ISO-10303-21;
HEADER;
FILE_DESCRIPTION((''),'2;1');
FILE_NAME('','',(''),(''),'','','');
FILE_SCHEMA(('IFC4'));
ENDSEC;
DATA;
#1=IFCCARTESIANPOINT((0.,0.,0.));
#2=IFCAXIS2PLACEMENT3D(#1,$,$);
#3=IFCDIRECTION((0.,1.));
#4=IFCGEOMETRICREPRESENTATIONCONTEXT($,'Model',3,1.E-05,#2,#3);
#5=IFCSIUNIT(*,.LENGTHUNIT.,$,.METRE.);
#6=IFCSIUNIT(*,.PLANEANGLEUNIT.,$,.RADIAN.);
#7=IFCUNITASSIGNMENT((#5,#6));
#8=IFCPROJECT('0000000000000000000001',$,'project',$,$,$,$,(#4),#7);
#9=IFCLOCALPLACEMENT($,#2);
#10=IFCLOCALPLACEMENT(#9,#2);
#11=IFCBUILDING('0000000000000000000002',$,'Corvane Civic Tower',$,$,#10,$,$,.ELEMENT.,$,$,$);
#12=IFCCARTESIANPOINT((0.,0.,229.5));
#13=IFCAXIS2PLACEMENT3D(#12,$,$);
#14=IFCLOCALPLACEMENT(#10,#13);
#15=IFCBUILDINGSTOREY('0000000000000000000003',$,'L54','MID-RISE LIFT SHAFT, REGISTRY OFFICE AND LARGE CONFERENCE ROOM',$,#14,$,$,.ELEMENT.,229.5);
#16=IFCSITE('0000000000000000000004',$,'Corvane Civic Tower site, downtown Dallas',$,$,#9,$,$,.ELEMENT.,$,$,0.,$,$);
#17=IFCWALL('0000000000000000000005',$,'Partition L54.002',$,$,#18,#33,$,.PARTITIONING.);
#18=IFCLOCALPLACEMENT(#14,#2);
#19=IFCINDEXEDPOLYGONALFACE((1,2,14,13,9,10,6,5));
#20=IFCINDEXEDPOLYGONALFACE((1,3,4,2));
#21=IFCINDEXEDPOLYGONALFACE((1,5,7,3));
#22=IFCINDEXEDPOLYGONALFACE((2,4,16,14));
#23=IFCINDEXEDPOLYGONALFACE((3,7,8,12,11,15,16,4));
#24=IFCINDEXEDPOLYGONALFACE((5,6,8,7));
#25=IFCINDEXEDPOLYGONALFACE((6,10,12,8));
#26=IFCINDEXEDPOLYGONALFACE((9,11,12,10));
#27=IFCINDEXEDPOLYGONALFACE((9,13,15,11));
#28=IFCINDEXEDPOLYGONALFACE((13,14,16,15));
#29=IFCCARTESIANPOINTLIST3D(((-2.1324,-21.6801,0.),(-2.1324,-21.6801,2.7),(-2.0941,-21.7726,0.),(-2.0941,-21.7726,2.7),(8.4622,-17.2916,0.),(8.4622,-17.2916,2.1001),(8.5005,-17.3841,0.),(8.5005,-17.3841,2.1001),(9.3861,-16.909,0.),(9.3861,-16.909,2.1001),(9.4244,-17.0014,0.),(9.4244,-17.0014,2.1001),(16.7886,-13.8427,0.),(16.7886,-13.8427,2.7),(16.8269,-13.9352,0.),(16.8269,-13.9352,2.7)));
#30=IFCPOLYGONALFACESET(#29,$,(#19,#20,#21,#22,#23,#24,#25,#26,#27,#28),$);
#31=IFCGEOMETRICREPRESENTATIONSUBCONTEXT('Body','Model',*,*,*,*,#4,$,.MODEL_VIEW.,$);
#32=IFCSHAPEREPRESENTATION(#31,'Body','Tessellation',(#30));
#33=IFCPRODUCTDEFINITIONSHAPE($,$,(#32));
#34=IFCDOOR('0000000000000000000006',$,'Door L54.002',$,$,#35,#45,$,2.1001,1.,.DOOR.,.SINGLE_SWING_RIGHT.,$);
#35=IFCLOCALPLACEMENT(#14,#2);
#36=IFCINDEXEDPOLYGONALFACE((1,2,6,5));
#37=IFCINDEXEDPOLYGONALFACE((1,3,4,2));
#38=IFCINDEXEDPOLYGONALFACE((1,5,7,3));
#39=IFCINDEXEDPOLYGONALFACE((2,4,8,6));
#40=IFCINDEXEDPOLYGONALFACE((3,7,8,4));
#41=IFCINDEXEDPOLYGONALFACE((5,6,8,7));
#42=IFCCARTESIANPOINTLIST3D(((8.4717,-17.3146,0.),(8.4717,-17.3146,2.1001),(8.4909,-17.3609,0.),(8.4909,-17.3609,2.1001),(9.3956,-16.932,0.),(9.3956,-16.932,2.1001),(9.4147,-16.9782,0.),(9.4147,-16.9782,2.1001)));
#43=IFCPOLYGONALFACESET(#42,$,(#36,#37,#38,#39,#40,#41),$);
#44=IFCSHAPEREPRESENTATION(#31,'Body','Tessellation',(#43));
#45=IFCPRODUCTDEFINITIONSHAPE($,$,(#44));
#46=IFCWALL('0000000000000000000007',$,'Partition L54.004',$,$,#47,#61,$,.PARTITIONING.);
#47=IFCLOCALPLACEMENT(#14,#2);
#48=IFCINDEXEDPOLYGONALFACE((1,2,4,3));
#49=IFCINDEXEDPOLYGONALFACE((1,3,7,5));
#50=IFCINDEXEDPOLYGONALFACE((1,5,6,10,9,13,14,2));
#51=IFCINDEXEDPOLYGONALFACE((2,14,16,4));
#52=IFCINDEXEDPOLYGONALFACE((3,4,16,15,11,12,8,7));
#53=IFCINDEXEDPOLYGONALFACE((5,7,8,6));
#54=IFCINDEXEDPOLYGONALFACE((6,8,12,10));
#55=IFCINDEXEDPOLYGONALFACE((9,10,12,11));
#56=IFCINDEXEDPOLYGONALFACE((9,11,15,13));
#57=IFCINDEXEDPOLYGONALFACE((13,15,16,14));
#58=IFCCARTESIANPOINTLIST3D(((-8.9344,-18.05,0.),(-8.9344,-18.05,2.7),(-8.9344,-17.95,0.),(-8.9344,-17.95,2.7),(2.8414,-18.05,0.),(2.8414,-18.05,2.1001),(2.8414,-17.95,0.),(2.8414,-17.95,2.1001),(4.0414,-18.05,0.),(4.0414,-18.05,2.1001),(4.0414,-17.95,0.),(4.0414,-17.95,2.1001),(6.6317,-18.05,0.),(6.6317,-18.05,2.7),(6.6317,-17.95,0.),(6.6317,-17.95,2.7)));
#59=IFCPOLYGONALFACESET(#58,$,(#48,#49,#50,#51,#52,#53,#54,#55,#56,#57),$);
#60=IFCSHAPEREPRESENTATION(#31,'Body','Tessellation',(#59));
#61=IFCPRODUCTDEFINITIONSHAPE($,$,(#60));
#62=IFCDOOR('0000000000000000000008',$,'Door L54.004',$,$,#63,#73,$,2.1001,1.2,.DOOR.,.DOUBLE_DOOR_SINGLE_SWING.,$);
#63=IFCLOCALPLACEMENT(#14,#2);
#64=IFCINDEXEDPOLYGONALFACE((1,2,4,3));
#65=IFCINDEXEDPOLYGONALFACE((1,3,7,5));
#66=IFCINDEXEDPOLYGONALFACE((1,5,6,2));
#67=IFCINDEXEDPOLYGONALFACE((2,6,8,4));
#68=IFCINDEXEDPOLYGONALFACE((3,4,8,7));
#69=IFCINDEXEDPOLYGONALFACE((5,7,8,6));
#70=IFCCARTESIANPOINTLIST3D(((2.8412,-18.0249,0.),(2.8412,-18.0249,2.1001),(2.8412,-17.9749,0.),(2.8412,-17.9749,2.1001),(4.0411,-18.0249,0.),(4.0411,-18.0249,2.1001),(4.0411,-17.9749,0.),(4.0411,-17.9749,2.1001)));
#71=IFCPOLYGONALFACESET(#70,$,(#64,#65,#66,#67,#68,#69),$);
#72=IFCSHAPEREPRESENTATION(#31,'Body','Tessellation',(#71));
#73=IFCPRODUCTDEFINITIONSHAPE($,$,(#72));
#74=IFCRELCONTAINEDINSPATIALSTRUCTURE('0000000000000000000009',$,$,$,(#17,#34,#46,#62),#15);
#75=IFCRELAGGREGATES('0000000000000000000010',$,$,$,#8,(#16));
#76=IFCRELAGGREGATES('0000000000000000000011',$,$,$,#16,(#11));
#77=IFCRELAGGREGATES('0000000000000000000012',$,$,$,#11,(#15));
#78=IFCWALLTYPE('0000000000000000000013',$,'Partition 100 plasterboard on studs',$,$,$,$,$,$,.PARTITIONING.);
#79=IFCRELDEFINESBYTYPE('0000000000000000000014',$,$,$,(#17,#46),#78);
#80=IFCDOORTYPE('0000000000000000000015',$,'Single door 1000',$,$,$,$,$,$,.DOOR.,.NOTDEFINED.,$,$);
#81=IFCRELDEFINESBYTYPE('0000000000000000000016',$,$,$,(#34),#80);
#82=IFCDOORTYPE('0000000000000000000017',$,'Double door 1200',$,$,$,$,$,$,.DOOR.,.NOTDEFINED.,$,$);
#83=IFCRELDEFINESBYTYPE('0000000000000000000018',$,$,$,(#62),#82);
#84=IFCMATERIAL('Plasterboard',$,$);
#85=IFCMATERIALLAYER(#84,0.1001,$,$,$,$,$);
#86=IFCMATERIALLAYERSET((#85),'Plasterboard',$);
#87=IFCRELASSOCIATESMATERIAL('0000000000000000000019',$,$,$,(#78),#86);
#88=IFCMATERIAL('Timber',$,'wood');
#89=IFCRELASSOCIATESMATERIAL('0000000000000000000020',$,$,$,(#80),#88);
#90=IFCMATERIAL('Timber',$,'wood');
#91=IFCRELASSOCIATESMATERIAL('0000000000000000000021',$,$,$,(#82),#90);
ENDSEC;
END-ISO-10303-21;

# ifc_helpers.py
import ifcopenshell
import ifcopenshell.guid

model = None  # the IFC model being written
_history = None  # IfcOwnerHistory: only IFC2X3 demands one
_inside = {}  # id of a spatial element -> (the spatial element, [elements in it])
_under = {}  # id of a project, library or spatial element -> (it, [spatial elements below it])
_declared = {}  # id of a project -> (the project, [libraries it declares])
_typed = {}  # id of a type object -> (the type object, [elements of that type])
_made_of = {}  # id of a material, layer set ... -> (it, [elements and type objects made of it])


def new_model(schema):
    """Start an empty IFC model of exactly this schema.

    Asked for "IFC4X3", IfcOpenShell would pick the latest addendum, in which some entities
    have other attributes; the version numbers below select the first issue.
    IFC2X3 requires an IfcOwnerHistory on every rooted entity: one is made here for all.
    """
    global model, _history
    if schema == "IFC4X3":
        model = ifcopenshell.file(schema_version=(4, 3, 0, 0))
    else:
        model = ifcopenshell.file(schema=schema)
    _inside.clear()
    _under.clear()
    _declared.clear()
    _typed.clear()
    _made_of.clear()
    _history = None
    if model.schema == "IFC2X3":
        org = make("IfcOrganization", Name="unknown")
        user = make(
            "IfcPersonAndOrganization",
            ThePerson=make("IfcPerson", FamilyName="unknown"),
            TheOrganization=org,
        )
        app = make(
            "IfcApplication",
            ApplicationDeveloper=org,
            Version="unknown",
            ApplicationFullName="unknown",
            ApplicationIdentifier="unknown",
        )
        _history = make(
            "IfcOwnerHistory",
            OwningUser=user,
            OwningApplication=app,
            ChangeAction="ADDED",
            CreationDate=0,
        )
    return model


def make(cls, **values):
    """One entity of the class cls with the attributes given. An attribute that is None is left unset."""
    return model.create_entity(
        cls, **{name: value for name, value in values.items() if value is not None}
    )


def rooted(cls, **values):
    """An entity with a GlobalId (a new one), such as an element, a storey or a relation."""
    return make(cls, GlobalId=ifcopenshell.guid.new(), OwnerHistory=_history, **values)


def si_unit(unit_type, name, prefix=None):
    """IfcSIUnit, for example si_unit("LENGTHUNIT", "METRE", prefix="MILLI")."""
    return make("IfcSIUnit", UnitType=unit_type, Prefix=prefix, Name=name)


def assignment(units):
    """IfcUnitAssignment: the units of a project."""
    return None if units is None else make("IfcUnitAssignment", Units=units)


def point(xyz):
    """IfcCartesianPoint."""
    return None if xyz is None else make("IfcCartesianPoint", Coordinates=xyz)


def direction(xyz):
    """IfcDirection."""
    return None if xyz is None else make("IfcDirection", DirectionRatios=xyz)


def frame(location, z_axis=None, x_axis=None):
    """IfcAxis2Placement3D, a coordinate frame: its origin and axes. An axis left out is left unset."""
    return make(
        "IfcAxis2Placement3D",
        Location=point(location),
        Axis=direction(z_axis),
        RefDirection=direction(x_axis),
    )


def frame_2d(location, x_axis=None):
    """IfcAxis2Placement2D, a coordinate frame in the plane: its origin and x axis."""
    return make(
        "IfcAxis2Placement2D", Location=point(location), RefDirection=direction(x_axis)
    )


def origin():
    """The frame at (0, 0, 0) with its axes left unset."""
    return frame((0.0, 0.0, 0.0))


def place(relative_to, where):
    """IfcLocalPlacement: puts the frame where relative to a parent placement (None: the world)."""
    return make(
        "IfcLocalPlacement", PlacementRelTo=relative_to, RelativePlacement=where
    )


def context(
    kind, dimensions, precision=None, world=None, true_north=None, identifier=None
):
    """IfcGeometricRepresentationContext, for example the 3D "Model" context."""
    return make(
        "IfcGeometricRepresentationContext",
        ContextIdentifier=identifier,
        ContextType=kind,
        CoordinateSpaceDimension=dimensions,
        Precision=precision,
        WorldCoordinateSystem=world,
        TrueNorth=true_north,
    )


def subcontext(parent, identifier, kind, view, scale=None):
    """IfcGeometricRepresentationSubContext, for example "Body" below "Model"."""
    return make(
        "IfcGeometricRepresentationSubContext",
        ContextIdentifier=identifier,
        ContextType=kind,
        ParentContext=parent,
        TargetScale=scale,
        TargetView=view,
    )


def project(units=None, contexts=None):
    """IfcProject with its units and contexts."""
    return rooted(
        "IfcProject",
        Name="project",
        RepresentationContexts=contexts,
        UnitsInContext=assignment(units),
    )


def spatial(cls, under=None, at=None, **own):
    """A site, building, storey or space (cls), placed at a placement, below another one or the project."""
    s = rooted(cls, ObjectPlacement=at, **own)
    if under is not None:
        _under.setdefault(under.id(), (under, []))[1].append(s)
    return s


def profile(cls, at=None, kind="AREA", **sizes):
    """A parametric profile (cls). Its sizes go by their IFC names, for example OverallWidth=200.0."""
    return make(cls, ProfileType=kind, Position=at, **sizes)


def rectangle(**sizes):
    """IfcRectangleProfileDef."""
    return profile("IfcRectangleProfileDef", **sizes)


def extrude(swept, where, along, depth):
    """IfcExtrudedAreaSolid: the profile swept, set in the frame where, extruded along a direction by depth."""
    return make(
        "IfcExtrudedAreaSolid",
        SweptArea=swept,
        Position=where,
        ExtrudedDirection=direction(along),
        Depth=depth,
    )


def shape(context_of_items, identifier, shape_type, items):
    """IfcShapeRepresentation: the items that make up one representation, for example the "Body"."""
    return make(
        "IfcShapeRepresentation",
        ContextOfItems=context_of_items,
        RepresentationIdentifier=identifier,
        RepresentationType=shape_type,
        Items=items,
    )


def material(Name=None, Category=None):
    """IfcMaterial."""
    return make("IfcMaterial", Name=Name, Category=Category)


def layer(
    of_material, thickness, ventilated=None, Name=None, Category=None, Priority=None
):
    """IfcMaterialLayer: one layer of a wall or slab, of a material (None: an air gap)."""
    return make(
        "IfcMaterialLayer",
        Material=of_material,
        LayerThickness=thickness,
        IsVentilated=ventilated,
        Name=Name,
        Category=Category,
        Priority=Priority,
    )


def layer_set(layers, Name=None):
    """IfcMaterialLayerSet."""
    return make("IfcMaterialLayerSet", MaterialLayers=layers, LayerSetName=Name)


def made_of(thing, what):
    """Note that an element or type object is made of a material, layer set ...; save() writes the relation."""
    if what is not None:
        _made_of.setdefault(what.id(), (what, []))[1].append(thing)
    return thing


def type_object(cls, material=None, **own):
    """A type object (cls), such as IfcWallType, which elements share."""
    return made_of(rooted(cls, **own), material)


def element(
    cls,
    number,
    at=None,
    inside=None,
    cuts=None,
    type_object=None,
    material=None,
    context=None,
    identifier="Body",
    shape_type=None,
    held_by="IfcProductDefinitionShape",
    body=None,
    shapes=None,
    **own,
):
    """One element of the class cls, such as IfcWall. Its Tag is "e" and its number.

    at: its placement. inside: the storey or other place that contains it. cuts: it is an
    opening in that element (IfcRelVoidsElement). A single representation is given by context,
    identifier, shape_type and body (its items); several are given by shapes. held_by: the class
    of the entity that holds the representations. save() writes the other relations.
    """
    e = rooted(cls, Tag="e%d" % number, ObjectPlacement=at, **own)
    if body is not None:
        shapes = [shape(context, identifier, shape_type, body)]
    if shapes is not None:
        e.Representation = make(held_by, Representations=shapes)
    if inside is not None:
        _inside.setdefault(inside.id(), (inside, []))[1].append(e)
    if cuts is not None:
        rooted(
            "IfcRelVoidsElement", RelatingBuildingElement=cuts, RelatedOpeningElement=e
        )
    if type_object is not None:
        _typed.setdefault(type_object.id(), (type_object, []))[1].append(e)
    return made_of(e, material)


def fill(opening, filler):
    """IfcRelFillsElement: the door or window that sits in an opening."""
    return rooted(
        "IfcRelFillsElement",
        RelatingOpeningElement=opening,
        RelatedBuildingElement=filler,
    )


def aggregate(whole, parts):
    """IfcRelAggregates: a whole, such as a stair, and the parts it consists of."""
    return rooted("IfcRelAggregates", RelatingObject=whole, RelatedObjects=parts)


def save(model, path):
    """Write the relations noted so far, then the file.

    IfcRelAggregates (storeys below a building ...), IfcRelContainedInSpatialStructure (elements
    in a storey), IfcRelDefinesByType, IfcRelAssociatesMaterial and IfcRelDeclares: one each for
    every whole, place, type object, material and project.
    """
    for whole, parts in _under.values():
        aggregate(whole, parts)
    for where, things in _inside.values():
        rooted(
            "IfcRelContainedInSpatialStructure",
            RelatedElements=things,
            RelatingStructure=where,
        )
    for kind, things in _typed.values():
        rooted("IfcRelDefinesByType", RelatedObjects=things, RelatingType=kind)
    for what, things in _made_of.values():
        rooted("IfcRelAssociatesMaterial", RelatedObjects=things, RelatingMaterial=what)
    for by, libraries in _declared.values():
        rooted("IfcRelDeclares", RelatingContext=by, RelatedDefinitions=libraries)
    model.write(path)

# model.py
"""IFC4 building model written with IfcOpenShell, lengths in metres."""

from ifc_helpers import new_model, si_unit, direction, frame, frame_2d, origin, place, context, subcontext, project, spatial, rectangle, extrude, material, layer, layer_set, type_object, element, fill, save


model = new_model("IFC4")

# Units and contexts
model_context = context("Model", 3, precision=1e-05, world=origin(), true_north=direction((0.0, 1.0)))
body_context = subcontext(model_context, "Body", "Model", "MODEL_VIEW")
ifc_project = project(units=[si_unit("LENGTHUNIT", "METRE"), si_unit("PLANEANGLEUNIT", "RADIAN")], contexts=[model_context])

# Site, building, storey
site_placement = place(None, origin())
site = spatial("IfcSite", under=ifc_project, at=site_placement, Name="Corvane Civic Tower site, downtown Dallas", CompositionType="ELEMENT", RefElevation=0.0)
building_placement = place(site_placement, origin())
building = spatial("IfcBuilding", under=site, at=building_placement, Name="Corvane Civic Tower", CompositionType="ELEMENT")
storey_placement = place(building_placement, frame((0.0, 0.0, 229.5)))
storey = spatial("IfcBuildingStorey", under=building, at=storey_placement, Name="L54", Description="MID-RISE LIFT SHAFT, REGISTRY OFFICE AND LARGE CONFERENCE ROOM", CompositionType="ELEMENT", Elevation=229.5)

# Shared definitions
ifc_material_1 = material(Name="Plasterboard")
ifc_layer_1 = layer(ifc_material_1, 0.1001)
ifc_layer_set_1 = layer_set([ifc_layer_1], Name="Plasterboard")
wall_type = type_object("IfcWallType", Name="Partition 100 plasterboard on studs", PredefinedType="PARTITIONING", material=ifc_layer_set_1)

# Walls, openings, doors
wall_1_placement = place(storey_placement, frame((-2.1133, -21.7263, 0.0), z_axis=(0.0, 0.0, 1.0), x_axis=(0.923879, 0.382684, 0.0)))
wall_1 = element("IfcWall", 1, at=wall_1_placement, inside=storey, type_object=wall_type, Name="Partition L54.002", PredefinedType="PARTITIONING", context=body_context, shape_type="SweptSolid", body=[
    extrude(rectangle(XDim=20.48, YDim=0.1001, at=frame_2d((10.24, 0.0))), origin(), (0.0, 0.0, 1.0), 2.7),
])
opening_1_placement = place(wall_1_placement, frame((11.4675, 0.0, 0.0)))
opening_1 = element("IfcOpeningElement", 2, at=opening_1_placement, cuts=wall_1, PredefinedType="OPENING", context=body_context, shape_type="SweptSolid", body=[
    extrude(rectangle(XDim=1.0, YDim=2.1001, at=frame_2d((0.5, 1.05))), frame((0.0, 0.0601, 0.0), z_axis=(0.0, -1.0, 0.0), x_axis=(1.0, 0.0, 0.0)), (0.0, 0.0, 1.0), 0.1201),
])
ifc_material_2 = material(Name="Timber", Category="wood")
door_type_1 = type_object("IfcDoorType", Name="Single door 1000", OperationType="NOTDEFINED", PredefinedType="DOOR", material=ifc_material_2)
door_1_placement = place(opening_1_placement, frame((1.0, 0.0, 0.0), z_axis=(0.0, 0.0, 1.0), x_axis=(-1.0, 0.0, 0.0)))
door_1 = element("IfcDoor", 3, at=door_1_placement, inside=storey, type_object=door_type_1, Name="Door L54.002", OperationType="SINGLE_SWING_RIGHT", OverallHeight=2.1001, OverallWidth=1.0, PredefinedType="DOOR", context=body_context, shape_type="SweptSolid", body=[
    extrude(rectangle(XDim=1.0, YDim=2.1001, at=frame_2d((0.5, 1.05))), frame((0.0, 0.0249, 0.0), z_axis=(0.0, -1.0, 0.0), x_axis=(1.0, 0.0, 0.0)), (0.0, 0.0, 1.0), 0.05),
])
fill(opening_1, door_1)
wall_2_placement = place(storey_placement, frame((-8.9346, -18.0, 0.0), z_axis=(0.0, 0.0, 1.0), x_axis=(1.0, 0.0, 0.0)))
wall_2 = element("IfcWall", 4, at=wall_2_placement, inside=storey, type_object=wall_type, Name="Partition L54.004", PredefinedType="PARTITIONING", context=body_context, shape_type="SweptSolid", body=[
    extrude(rectangle(XDim=15.5662, YDim=0.1001, at=frame_2d((7.7832, 0.0))), origin(), (0.0, 0.0, 1.0), 2.7),
])
opening_2_placement = place(wall_2_placement, frame((11.7759, 0.0, 0.0)))
opening_2 = element("IfcOpeningElement", 5, at=opening_2_placement, cuts=wall_2, PredefinedType="OPENING", context=body_context, shape_type="SweptSolid", body=[
    extrude(rectangle(XDim=1.2, YDim=2.1001, at=frame_2d((0.6001, 1.05))), frame((0.0, 0.0601, 0.0), z_axis=(0.0, -1.0, 0.0), x_axis=(1.0, 0.0, 0.0)), (0.0, 0.0, 1.0), 0.1201),
])
ifc_material_3 = material(Name="Timber", Category="wood")
door_type_2 = type_object("IfcDoorType", Name="Double door 1200", OperationType="NOTDEFINED", PredefinedType="DOOR", material=ifc_material_3)
door_2_placement = place(opening_2_placement, frame((1.2, 0.0, 0.0), z_axis=(0.0, 0.0, 1.0), x_axis=(-1.0, 0.0, 0.0)))
door_2 = element("IfcDoor", 6, at=door_2_placement, inside=storey, type_object=door_type_2, Name="Door L54.004", OperationType="DOUBLE_DOOR_SINGLE_SWING", OverallHeight=2.1001, OverallWidth=1.2, PredefinedType="DOOR", context=body_context, shape_type="SweptSolid", body=[
    extrude(rectangle(XDim=1.2, YDim=2.1001, at=frame_2d((0.6001, 1.05))), frame((0.0, 0.0249, 0.0), z_axis=(0.0, -1.0, 0.0), x_axis=(1.0, 0.0, 0.0)), (0.0, 0.0, 1.0), 0.05),
])
fill(opening_2, door_2)

save(model, "model.ifc")
